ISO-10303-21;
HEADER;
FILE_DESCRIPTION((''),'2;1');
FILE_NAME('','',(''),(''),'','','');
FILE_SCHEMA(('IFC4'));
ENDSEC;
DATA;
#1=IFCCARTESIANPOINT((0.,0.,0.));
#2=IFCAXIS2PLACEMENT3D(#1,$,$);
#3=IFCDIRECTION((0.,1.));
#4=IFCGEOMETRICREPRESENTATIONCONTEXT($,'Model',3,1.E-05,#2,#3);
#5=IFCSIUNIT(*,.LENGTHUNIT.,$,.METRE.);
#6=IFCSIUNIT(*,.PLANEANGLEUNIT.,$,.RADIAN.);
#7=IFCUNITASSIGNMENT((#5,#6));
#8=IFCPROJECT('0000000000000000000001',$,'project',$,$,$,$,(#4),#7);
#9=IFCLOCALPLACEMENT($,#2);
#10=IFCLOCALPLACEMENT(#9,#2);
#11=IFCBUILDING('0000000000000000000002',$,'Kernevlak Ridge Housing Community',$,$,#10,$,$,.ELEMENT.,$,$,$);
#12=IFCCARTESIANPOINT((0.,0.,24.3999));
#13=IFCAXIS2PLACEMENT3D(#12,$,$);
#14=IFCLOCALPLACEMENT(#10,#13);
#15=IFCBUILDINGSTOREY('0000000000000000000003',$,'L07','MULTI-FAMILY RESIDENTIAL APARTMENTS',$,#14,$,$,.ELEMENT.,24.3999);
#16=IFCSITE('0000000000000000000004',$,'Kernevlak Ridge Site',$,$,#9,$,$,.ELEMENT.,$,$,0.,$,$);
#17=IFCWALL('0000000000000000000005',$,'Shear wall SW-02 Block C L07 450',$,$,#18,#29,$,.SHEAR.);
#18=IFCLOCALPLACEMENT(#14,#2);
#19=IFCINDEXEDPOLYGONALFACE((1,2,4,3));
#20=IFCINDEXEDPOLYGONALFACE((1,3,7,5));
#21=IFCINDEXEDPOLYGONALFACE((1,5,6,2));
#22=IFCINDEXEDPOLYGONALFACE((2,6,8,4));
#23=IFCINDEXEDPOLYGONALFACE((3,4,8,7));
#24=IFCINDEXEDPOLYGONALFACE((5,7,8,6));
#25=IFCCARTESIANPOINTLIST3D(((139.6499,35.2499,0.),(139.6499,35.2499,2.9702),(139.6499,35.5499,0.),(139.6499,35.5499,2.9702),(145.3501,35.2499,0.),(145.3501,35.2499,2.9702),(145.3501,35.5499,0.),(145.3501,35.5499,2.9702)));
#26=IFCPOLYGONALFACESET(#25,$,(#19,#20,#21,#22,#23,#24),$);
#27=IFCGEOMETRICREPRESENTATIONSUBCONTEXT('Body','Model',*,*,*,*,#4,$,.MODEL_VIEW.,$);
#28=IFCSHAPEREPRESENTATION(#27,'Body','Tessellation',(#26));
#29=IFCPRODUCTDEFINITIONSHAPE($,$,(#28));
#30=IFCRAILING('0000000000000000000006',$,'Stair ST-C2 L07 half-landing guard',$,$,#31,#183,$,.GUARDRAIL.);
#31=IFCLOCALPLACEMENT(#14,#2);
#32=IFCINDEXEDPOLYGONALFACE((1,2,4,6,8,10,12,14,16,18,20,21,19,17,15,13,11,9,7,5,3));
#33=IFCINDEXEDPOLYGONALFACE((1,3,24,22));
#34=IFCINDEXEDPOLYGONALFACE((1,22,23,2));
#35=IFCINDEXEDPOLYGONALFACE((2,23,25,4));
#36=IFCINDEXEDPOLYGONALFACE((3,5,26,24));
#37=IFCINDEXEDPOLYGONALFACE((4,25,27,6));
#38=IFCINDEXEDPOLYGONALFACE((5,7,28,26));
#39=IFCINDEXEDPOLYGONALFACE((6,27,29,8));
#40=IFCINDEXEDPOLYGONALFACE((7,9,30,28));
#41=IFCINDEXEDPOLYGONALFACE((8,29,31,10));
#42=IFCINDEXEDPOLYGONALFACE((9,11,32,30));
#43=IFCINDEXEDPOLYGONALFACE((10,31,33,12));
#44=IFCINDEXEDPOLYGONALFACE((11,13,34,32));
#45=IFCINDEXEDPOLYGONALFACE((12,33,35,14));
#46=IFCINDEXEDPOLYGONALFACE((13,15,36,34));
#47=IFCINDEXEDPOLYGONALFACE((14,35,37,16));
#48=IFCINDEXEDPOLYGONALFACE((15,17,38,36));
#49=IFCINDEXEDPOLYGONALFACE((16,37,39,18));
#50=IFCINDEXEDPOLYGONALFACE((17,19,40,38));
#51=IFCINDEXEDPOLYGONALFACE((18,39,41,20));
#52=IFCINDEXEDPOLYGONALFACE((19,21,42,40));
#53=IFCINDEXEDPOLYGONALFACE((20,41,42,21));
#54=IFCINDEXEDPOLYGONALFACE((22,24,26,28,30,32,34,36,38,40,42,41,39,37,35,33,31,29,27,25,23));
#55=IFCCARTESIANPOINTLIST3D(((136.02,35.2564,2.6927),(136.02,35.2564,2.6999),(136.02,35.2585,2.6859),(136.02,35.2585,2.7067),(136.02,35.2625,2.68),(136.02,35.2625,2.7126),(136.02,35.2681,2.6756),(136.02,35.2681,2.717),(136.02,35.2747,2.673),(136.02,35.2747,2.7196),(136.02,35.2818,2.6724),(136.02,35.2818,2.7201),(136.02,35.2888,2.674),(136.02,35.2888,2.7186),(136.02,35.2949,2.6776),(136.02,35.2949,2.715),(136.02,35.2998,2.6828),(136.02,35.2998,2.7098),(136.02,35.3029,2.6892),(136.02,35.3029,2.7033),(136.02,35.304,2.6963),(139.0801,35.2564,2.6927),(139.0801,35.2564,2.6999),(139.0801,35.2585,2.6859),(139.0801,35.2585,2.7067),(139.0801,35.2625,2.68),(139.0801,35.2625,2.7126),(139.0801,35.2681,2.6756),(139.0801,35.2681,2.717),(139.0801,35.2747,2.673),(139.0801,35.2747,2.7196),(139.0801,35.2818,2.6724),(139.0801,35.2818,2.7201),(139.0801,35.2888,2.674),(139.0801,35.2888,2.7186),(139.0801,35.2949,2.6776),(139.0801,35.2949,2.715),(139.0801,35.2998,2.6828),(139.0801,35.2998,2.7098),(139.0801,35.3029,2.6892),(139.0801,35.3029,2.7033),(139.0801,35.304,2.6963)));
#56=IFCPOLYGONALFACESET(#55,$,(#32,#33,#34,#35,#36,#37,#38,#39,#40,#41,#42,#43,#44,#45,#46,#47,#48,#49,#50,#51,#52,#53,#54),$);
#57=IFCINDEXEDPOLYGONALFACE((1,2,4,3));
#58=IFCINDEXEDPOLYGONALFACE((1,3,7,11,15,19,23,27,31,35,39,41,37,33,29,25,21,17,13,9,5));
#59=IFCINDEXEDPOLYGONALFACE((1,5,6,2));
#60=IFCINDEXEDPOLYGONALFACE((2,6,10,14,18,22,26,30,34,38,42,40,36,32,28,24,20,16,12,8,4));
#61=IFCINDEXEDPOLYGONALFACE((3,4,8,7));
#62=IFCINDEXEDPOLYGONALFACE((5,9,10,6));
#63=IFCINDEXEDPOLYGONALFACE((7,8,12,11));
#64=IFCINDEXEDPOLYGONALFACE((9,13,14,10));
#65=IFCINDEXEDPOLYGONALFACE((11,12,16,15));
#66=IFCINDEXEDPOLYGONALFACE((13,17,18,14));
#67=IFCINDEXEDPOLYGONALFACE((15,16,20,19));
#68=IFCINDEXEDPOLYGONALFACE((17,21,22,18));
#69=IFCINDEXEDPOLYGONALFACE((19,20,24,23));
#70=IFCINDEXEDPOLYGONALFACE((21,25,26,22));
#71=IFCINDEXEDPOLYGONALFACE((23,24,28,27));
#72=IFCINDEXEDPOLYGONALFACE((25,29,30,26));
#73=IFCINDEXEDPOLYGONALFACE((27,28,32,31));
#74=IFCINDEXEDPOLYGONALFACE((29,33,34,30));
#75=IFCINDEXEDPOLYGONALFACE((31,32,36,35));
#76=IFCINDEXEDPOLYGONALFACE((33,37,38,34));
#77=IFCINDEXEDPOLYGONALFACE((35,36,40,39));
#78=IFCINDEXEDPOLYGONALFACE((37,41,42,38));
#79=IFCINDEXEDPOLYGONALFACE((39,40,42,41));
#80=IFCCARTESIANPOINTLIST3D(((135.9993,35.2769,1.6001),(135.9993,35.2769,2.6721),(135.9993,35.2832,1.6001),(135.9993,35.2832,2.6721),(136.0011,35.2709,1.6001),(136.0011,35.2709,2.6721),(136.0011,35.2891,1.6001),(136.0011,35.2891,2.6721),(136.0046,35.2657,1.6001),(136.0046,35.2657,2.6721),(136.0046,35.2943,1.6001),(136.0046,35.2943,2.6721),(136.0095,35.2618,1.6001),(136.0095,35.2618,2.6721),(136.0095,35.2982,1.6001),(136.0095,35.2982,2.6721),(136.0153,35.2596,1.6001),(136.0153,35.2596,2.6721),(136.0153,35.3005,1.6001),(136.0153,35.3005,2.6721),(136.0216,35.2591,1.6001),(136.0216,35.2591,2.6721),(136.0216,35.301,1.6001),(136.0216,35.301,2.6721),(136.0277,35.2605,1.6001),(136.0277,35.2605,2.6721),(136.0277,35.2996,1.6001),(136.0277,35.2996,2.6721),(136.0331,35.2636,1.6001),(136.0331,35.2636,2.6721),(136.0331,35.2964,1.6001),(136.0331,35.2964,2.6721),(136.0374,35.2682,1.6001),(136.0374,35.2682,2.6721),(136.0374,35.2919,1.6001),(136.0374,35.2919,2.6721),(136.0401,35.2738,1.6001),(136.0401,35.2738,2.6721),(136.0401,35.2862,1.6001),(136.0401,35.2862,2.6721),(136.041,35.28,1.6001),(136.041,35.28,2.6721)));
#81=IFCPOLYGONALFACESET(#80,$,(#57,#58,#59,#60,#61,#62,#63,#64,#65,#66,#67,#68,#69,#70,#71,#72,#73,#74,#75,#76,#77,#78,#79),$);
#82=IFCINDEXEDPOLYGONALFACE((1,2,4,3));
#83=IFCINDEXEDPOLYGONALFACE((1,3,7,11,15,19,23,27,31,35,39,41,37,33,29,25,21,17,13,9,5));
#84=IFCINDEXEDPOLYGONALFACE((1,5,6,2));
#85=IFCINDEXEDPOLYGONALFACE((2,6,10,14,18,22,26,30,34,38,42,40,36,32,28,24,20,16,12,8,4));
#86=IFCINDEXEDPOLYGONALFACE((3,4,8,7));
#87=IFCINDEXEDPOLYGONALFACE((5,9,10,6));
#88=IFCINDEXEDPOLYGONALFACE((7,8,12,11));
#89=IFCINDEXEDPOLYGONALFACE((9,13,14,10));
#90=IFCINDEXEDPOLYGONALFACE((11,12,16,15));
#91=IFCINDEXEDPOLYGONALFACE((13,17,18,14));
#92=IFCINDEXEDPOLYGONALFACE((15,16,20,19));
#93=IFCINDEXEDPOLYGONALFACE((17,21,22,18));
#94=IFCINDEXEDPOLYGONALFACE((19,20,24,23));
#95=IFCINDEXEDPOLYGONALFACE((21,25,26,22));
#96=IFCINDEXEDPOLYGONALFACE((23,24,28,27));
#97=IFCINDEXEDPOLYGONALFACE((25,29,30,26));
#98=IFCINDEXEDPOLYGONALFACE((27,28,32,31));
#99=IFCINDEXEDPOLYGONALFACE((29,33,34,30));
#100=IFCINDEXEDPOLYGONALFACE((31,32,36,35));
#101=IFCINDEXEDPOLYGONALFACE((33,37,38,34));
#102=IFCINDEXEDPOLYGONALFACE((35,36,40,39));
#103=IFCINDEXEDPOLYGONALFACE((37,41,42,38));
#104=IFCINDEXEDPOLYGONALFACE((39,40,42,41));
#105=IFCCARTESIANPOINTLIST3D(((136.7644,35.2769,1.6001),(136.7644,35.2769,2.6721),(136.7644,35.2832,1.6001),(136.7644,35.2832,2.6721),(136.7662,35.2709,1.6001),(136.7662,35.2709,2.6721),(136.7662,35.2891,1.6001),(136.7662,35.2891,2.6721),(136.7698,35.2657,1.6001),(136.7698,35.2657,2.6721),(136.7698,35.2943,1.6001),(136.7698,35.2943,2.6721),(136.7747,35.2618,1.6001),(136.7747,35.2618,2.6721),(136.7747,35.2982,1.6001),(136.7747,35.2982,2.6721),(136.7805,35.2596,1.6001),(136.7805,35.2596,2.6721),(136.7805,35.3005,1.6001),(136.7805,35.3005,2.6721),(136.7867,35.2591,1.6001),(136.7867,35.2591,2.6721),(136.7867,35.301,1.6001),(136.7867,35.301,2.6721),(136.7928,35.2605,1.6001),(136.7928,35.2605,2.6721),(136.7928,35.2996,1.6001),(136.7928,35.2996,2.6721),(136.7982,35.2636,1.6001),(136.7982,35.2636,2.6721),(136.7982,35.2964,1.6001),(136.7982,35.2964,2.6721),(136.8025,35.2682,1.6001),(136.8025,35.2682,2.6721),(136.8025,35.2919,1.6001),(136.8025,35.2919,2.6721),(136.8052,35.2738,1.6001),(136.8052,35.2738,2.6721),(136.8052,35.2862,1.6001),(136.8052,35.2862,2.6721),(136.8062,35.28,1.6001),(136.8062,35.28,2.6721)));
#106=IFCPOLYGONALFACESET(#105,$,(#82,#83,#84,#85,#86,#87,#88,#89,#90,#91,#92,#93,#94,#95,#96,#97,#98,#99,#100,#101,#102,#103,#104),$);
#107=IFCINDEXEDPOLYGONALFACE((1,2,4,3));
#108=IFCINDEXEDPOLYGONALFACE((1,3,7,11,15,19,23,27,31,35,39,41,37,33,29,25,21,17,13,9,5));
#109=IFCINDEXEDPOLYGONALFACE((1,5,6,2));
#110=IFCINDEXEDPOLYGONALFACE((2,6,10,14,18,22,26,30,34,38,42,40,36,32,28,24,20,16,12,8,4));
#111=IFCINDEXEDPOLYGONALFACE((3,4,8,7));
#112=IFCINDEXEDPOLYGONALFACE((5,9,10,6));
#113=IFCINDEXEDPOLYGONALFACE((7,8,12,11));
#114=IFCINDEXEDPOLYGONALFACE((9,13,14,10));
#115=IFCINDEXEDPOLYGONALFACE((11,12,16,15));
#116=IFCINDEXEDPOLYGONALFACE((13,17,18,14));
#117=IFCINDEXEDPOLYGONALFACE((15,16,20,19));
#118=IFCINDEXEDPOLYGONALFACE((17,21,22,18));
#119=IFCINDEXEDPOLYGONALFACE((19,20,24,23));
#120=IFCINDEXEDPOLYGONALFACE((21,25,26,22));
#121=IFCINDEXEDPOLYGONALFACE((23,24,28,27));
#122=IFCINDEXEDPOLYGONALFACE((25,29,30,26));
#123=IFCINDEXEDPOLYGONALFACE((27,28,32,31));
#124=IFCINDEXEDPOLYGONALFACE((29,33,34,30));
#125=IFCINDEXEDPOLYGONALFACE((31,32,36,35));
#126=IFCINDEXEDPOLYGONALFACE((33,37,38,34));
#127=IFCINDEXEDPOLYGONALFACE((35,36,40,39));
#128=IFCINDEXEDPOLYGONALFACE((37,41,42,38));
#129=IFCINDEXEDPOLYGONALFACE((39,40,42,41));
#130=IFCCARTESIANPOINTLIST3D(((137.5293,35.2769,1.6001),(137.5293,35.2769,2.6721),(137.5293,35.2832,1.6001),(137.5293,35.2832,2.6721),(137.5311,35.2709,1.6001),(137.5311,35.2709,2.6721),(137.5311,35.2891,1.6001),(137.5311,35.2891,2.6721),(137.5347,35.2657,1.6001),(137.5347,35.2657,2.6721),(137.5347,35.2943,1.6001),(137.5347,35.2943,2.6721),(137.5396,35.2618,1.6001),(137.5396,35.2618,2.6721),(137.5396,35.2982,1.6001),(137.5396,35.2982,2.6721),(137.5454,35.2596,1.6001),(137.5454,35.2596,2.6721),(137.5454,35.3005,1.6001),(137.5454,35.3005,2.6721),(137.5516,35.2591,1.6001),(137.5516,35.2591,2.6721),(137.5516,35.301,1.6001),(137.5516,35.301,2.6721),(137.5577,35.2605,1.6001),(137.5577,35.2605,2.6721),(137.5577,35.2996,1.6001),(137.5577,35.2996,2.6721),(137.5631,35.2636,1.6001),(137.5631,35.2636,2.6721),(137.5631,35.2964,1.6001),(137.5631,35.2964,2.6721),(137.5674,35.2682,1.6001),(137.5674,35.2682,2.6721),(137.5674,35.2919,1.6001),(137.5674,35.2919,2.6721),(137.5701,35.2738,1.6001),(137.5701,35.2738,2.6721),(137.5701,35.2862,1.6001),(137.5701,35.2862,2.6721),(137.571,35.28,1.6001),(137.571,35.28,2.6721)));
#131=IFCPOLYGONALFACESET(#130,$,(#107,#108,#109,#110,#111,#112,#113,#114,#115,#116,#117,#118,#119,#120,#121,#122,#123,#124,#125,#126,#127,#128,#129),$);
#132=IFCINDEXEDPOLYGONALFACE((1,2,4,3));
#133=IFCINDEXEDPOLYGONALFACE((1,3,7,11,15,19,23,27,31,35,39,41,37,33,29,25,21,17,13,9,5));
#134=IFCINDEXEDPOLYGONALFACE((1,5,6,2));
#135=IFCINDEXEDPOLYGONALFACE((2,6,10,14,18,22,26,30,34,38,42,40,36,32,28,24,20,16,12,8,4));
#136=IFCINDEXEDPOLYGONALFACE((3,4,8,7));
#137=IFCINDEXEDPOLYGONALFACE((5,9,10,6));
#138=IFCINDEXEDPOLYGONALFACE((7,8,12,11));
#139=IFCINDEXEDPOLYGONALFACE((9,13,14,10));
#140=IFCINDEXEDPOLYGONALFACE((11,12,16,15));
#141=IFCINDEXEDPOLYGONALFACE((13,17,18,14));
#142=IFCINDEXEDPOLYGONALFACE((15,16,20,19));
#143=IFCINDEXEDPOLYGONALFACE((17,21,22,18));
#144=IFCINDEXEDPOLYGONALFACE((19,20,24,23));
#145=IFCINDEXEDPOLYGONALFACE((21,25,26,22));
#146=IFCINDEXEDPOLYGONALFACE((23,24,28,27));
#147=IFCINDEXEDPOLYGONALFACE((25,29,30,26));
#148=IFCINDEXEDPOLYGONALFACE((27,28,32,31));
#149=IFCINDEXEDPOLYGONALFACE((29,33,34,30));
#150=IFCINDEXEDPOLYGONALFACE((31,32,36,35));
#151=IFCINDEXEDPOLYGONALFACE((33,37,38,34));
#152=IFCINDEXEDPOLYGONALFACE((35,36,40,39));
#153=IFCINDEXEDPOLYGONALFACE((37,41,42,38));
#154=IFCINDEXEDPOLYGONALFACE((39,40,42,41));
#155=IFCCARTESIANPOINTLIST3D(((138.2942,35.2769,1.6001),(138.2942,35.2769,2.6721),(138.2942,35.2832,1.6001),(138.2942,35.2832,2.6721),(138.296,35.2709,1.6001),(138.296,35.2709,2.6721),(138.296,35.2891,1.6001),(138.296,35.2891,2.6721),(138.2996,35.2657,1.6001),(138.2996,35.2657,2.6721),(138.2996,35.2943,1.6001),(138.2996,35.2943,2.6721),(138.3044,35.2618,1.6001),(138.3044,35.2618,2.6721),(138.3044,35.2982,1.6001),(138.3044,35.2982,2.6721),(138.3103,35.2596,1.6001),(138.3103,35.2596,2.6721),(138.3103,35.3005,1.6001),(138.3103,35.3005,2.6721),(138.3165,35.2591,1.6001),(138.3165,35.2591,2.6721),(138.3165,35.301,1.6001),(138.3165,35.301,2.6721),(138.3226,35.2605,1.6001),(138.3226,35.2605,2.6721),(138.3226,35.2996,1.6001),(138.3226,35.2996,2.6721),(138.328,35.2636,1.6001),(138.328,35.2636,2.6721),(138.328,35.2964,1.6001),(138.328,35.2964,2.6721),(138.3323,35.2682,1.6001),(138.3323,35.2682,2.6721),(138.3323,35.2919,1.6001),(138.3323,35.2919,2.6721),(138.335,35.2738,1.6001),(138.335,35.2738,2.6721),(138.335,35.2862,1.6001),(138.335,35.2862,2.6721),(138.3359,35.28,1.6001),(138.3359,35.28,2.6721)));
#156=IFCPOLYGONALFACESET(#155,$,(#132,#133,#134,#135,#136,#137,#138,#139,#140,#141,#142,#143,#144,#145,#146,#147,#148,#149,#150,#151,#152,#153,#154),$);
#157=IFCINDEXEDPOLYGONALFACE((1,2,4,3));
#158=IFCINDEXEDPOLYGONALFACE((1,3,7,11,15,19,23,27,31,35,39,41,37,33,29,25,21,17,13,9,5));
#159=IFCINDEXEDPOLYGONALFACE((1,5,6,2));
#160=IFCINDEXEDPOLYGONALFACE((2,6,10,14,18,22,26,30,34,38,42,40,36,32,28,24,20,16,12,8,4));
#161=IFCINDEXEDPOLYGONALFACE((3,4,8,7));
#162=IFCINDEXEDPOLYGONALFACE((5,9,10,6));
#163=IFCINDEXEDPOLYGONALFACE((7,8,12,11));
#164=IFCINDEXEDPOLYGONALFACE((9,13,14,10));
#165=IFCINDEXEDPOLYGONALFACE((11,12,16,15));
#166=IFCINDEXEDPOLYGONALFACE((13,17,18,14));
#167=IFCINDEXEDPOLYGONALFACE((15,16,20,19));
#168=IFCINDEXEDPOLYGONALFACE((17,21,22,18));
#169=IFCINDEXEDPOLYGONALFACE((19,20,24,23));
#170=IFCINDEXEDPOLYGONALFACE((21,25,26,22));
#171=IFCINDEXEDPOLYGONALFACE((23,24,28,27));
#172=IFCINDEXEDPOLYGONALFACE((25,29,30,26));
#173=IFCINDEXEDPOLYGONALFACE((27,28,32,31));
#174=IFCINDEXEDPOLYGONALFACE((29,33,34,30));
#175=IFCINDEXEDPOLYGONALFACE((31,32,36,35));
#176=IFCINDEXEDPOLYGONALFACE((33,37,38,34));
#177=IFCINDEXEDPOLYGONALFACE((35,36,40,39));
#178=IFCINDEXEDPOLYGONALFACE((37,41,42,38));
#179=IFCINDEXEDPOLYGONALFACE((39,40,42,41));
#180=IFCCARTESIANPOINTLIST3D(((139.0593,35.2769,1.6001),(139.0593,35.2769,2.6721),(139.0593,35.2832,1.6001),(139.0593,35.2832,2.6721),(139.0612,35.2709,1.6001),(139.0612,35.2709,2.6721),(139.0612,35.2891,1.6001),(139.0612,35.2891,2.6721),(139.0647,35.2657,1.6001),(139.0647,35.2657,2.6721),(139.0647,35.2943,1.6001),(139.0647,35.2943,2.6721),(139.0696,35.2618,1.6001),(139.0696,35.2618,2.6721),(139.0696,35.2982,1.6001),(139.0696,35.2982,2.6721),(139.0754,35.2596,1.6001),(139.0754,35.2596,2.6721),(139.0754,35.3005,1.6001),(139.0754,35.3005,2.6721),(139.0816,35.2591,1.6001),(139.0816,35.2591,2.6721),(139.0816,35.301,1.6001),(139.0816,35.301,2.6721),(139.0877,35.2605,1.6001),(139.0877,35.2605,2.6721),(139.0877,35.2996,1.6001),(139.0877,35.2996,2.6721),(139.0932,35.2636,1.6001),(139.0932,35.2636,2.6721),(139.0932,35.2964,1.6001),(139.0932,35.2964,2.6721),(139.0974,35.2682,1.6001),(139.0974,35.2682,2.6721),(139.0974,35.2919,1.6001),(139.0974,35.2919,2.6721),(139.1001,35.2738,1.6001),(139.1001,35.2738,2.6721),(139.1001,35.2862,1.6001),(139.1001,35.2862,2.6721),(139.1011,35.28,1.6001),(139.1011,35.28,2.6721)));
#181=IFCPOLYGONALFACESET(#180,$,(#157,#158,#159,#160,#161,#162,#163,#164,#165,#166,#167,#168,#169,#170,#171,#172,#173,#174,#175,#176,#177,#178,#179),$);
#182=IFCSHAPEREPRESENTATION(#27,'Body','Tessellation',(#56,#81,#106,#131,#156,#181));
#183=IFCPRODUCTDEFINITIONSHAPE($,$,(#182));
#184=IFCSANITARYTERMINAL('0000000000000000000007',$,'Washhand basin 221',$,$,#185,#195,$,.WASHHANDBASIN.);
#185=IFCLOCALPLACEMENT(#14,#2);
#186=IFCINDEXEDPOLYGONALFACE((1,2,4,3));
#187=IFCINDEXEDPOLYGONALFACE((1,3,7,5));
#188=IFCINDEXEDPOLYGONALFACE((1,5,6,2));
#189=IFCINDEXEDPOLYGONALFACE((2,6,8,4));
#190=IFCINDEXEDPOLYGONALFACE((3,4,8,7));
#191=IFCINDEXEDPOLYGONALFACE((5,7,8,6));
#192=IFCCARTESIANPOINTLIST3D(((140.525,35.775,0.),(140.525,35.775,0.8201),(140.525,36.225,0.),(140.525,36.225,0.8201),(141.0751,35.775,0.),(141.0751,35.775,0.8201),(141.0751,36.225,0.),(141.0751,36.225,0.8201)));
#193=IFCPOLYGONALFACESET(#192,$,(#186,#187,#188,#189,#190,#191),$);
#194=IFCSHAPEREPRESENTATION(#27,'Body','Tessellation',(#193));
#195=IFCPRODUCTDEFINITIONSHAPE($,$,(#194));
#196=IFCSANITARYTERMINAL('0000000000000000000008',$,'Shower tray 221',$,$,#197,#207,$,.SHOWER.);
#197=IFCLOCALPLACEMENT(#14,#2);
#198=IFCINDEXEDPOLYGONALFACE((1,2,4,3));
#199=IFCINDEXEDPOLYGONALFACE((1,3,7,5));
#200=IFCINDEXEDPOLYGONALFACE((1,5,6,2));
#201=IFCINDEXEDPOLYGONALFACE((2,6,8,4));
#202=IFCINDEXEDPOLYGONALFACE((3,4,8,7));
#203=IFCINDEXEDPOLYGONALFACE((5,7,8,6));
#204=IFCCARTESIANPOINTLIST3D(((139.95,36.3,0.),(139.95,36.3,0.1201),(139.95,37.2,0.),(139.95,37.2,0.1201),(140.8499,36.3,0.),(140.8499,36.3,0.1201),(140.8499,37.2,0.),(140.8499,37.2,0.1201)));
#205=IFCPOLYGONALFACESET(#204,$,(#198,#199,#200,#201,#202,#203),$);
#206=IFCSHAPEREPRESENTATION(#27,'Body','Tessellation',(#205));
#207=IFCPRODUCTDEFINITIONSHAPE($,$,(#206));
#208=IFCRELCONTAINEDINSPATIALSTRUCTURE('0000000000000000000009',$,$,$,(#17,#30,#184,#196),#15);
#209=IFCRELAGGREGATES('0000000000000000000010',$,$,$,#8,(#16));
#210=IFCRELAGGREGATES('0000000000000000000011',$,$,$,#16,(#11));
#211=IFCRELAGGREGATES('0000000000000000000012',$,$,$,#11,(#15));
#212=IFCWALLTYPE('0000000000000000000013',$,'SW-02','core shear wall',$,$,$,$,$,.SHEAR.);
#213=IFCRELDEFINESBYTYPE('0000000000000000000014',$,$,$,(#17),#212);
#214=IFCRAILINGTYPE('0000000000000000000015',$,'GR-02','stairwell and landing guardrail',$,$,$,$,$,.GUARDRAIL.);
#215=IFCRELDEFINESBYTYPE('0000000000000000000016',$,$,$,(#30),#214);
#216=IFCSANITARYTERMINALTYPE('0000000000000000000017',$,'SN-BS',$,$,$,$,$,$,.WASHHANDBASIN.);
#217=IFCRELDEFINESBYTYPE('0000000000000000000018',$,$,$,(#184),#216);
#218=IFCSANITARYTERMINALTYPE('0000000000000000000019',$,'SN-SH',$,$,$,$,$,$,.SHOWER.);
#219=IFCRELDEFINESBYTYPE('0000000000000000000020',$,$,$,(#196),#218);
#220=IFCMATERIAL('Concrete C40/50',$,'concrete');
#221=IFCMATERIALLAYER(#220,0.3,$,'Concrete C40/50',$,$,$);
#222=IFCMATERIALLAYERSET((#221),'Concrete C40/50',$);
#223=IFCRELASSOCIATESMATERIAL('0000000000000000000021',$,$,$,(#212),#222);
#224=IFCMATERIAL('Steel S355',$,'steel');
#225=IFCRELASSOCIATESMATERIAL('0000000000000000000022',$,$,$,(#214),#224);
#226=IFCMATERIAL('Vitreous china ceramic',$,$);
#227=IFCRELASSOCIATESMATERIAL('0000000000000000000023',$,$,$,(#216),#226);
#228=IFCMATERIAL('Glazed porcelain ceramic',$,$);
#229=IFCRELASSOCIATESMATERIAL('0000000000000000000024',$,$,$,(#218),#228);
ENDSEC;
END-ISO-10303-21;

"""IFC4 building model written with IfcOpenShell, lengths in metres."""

from ifc_helpers import new_model, si_unit, direction, frame, frame_2d, origin, origin_2d, place, context, subcontext, project, spatial, rectangle, circle, extrude, material, layer, layer_set, type_object, element, save


model = new_model("IFC4")

# Units and contexts
model_context = context("Model", 3, precision=1e-05, world=origin(), true_north=direction((0.0, 1.0)))
body_context = subcontext(model_context, "Body", "Model", "MODEL_VIEW")
ifc_project = project(units=[si_unit("LENGTHUNIT", "METRE"), si_unit("PLANEANGLEUNIT", "RADIAN")], contexts=[model_context])

# Site, building, storey
site_placement = place(None, origin())
site = spatial("IfcSite", under=ifc_project, at=site_placement, Name="Kernevlak Ridge Site", CompositionType="ELEMENT", RefElevation=0.0)
building_placement = place(site_placement, origin())
building = spatial("IfcBuilding", under=site, at=building_placement, Name="Kernevlak Ridge Housing Community", CompositionType="ELEMENT")
storey_placement = place(building_placement, frame((0.0, 0.0, 24.3999)))
storey = spatial("IfcBuildingStorey", under=building, at=storey_placement, Name="L07", Description="MULTI-FAMILY RESIDENTIAL APARTMENTS", CompositionType="ELEMENT", Elevation=24.3999)

# Wall
ifc_material_1 = material(Name="Concrete C40/50", Category="concrete")
ifc_layer_1 = layer(ifc_material_1, 0.3, Name="Concrete C40/50")
ifc_layer_set_1 = layer_set([ifc_layer_1], Name="Concrete C40/50")
wall_type_1 = type_object("IfcWallType", Name="SW-02", Description="core shear wall", PredefinedType="SHEAR", material=ifc_layer_set_1)
wall_1_placement = place(storey_placement, frame((139.6499, 35.3999, 0.0), z_axis=(0.0, 0.0, 1.0), x_axis=(1.0, 0.0, 0.0)))
element("IfcWall", 1, at=wall_1_placement, inside=storey, type_object=wall_type_1, Name="Shear wall SW-02 Block C L07 450", PredefinedType="SHEAR", context=body_context, shape_type="SweptSolid", body=[
    extrude(rectangle(XDim=5.7002, YDim=0.3, at=frame_2d((2.8501, 0.0))), origin(), (0.0, 0.0, 1.0), 2.9702),
])

# Railing
ifc_material_2 = material(Name="Steel S355", Category="steel")
railing_type_1 = type_object("IfcRailingType", Name="GR-02", Description="stairwell and landing guardrail", PredefinedType="GUARDRAIL", material=ifc_material_2)
railing_1_placement = place(storey_placement, frame((136.02, 35.28, 1.6001)))
element("IfcRailing", 2, at=railing_1_placement, inside=storey, type_object=railing_type_1, Name="Stair ST-C2 L07 half-landing guard", PredefinedType="GUARDRAIL", context=body_context, shape_type="SweptSolid", body=[
    extrude(circle(Radius=0.0239, at=origin_2d()), frame((0.0, 0.0, 1.0962), z_axis=(1.0, 0.0, 0.0), x_axis=(0.0, 1.0, 0.0)), (0.0, 0.0, 1.0), 3.0601),
    extrude(circle(Radius=0.021, at=origin_2d()), origin(), (0.0, 0.0, 1.0), 1.072),
    extrude(circle(Radius=0.021, at=origin_2d()), frame((0.7651, 0.0, 0.0)), (0.0, 0.0, 1.0), 1.072),
    extrude(circle(Radius=0.021, at=origin_2d()), frame((1.53, 0.0, 0.0)), (0.0, 0.0, 1.0), 1.072),
    extrude(circle(Radius=0.021, at=origin_2d()), frame((2.2949, 0.0, 0.0)), (0.0, 0.0, 1.0), 1.072),
    extrude(circle(Radius=0.021, at=origin_2d()), frame((3.0601, 0.0, 0.0)), (0.0, 0.0, 1.0), 1.072),
])

# Sanitary terminals
ifc_material_3 = material(Name="Vitreous china ceramic")
sanitary_terminal_type_1 = type_object("IfcSanitaryTerminalType", Name="SN-BS", PredefinedType="WASHHANDBASIN", material=ifc_material_3)
sanitary_terminal_1_placement = place(storey_placement, frame((140.8, 36.0, 0.0), z_axis=(0.0, 0.0, 1.0), x_axis=(1.0, 0.0, 0.0)))
element("IfcSanitaryTerminal", 3, at=sanitary_terminal_1_placement, inside=storey, type_object=sanitary_terminal_type_1, Name="Washhand basin 221", PredefinedType="WASHHANDBASIN", context=body_context, shape_type="SweptSolid", body=[
    extrude(rectangle(XDim=0.55, YDim=0.45, at=origin_2d()), origin(), (0.0, 0.0, 1.0), 0.8201),
])
ifc_material_4 = material(Name="Glazed porcelain ceramic")
sanitary_terminal_type_2 = type_object("IfcSanitaryTerminalType", Name="SN-SH", PredefinedType="SHOWER", material=ifc_material_4)
sanitary_terminal_2_placement = place(storey_placement, frame((140.3999, 36.75, 0.0), z_axis=(0.0, 0.0, 1.0), x_axis=(1.0, 0.0, 0.0)))
element("IfcSanitaryTerminal", 4, at=sanitary_terminal_2_placement, inside=storey, type_object=sanitary_terminal_type_2, Name="Shower tray 221", PredefinedType="SHOWER", context=body_context, shape_type="SweptSolid", body=[
    extrude(rectangle(XDim=0.8999, YDim=0.8999, at=origin_2d()), origin(), (0.0, 0.0, 1.0), 0.1201),
])

save(model, "model.ifc")
